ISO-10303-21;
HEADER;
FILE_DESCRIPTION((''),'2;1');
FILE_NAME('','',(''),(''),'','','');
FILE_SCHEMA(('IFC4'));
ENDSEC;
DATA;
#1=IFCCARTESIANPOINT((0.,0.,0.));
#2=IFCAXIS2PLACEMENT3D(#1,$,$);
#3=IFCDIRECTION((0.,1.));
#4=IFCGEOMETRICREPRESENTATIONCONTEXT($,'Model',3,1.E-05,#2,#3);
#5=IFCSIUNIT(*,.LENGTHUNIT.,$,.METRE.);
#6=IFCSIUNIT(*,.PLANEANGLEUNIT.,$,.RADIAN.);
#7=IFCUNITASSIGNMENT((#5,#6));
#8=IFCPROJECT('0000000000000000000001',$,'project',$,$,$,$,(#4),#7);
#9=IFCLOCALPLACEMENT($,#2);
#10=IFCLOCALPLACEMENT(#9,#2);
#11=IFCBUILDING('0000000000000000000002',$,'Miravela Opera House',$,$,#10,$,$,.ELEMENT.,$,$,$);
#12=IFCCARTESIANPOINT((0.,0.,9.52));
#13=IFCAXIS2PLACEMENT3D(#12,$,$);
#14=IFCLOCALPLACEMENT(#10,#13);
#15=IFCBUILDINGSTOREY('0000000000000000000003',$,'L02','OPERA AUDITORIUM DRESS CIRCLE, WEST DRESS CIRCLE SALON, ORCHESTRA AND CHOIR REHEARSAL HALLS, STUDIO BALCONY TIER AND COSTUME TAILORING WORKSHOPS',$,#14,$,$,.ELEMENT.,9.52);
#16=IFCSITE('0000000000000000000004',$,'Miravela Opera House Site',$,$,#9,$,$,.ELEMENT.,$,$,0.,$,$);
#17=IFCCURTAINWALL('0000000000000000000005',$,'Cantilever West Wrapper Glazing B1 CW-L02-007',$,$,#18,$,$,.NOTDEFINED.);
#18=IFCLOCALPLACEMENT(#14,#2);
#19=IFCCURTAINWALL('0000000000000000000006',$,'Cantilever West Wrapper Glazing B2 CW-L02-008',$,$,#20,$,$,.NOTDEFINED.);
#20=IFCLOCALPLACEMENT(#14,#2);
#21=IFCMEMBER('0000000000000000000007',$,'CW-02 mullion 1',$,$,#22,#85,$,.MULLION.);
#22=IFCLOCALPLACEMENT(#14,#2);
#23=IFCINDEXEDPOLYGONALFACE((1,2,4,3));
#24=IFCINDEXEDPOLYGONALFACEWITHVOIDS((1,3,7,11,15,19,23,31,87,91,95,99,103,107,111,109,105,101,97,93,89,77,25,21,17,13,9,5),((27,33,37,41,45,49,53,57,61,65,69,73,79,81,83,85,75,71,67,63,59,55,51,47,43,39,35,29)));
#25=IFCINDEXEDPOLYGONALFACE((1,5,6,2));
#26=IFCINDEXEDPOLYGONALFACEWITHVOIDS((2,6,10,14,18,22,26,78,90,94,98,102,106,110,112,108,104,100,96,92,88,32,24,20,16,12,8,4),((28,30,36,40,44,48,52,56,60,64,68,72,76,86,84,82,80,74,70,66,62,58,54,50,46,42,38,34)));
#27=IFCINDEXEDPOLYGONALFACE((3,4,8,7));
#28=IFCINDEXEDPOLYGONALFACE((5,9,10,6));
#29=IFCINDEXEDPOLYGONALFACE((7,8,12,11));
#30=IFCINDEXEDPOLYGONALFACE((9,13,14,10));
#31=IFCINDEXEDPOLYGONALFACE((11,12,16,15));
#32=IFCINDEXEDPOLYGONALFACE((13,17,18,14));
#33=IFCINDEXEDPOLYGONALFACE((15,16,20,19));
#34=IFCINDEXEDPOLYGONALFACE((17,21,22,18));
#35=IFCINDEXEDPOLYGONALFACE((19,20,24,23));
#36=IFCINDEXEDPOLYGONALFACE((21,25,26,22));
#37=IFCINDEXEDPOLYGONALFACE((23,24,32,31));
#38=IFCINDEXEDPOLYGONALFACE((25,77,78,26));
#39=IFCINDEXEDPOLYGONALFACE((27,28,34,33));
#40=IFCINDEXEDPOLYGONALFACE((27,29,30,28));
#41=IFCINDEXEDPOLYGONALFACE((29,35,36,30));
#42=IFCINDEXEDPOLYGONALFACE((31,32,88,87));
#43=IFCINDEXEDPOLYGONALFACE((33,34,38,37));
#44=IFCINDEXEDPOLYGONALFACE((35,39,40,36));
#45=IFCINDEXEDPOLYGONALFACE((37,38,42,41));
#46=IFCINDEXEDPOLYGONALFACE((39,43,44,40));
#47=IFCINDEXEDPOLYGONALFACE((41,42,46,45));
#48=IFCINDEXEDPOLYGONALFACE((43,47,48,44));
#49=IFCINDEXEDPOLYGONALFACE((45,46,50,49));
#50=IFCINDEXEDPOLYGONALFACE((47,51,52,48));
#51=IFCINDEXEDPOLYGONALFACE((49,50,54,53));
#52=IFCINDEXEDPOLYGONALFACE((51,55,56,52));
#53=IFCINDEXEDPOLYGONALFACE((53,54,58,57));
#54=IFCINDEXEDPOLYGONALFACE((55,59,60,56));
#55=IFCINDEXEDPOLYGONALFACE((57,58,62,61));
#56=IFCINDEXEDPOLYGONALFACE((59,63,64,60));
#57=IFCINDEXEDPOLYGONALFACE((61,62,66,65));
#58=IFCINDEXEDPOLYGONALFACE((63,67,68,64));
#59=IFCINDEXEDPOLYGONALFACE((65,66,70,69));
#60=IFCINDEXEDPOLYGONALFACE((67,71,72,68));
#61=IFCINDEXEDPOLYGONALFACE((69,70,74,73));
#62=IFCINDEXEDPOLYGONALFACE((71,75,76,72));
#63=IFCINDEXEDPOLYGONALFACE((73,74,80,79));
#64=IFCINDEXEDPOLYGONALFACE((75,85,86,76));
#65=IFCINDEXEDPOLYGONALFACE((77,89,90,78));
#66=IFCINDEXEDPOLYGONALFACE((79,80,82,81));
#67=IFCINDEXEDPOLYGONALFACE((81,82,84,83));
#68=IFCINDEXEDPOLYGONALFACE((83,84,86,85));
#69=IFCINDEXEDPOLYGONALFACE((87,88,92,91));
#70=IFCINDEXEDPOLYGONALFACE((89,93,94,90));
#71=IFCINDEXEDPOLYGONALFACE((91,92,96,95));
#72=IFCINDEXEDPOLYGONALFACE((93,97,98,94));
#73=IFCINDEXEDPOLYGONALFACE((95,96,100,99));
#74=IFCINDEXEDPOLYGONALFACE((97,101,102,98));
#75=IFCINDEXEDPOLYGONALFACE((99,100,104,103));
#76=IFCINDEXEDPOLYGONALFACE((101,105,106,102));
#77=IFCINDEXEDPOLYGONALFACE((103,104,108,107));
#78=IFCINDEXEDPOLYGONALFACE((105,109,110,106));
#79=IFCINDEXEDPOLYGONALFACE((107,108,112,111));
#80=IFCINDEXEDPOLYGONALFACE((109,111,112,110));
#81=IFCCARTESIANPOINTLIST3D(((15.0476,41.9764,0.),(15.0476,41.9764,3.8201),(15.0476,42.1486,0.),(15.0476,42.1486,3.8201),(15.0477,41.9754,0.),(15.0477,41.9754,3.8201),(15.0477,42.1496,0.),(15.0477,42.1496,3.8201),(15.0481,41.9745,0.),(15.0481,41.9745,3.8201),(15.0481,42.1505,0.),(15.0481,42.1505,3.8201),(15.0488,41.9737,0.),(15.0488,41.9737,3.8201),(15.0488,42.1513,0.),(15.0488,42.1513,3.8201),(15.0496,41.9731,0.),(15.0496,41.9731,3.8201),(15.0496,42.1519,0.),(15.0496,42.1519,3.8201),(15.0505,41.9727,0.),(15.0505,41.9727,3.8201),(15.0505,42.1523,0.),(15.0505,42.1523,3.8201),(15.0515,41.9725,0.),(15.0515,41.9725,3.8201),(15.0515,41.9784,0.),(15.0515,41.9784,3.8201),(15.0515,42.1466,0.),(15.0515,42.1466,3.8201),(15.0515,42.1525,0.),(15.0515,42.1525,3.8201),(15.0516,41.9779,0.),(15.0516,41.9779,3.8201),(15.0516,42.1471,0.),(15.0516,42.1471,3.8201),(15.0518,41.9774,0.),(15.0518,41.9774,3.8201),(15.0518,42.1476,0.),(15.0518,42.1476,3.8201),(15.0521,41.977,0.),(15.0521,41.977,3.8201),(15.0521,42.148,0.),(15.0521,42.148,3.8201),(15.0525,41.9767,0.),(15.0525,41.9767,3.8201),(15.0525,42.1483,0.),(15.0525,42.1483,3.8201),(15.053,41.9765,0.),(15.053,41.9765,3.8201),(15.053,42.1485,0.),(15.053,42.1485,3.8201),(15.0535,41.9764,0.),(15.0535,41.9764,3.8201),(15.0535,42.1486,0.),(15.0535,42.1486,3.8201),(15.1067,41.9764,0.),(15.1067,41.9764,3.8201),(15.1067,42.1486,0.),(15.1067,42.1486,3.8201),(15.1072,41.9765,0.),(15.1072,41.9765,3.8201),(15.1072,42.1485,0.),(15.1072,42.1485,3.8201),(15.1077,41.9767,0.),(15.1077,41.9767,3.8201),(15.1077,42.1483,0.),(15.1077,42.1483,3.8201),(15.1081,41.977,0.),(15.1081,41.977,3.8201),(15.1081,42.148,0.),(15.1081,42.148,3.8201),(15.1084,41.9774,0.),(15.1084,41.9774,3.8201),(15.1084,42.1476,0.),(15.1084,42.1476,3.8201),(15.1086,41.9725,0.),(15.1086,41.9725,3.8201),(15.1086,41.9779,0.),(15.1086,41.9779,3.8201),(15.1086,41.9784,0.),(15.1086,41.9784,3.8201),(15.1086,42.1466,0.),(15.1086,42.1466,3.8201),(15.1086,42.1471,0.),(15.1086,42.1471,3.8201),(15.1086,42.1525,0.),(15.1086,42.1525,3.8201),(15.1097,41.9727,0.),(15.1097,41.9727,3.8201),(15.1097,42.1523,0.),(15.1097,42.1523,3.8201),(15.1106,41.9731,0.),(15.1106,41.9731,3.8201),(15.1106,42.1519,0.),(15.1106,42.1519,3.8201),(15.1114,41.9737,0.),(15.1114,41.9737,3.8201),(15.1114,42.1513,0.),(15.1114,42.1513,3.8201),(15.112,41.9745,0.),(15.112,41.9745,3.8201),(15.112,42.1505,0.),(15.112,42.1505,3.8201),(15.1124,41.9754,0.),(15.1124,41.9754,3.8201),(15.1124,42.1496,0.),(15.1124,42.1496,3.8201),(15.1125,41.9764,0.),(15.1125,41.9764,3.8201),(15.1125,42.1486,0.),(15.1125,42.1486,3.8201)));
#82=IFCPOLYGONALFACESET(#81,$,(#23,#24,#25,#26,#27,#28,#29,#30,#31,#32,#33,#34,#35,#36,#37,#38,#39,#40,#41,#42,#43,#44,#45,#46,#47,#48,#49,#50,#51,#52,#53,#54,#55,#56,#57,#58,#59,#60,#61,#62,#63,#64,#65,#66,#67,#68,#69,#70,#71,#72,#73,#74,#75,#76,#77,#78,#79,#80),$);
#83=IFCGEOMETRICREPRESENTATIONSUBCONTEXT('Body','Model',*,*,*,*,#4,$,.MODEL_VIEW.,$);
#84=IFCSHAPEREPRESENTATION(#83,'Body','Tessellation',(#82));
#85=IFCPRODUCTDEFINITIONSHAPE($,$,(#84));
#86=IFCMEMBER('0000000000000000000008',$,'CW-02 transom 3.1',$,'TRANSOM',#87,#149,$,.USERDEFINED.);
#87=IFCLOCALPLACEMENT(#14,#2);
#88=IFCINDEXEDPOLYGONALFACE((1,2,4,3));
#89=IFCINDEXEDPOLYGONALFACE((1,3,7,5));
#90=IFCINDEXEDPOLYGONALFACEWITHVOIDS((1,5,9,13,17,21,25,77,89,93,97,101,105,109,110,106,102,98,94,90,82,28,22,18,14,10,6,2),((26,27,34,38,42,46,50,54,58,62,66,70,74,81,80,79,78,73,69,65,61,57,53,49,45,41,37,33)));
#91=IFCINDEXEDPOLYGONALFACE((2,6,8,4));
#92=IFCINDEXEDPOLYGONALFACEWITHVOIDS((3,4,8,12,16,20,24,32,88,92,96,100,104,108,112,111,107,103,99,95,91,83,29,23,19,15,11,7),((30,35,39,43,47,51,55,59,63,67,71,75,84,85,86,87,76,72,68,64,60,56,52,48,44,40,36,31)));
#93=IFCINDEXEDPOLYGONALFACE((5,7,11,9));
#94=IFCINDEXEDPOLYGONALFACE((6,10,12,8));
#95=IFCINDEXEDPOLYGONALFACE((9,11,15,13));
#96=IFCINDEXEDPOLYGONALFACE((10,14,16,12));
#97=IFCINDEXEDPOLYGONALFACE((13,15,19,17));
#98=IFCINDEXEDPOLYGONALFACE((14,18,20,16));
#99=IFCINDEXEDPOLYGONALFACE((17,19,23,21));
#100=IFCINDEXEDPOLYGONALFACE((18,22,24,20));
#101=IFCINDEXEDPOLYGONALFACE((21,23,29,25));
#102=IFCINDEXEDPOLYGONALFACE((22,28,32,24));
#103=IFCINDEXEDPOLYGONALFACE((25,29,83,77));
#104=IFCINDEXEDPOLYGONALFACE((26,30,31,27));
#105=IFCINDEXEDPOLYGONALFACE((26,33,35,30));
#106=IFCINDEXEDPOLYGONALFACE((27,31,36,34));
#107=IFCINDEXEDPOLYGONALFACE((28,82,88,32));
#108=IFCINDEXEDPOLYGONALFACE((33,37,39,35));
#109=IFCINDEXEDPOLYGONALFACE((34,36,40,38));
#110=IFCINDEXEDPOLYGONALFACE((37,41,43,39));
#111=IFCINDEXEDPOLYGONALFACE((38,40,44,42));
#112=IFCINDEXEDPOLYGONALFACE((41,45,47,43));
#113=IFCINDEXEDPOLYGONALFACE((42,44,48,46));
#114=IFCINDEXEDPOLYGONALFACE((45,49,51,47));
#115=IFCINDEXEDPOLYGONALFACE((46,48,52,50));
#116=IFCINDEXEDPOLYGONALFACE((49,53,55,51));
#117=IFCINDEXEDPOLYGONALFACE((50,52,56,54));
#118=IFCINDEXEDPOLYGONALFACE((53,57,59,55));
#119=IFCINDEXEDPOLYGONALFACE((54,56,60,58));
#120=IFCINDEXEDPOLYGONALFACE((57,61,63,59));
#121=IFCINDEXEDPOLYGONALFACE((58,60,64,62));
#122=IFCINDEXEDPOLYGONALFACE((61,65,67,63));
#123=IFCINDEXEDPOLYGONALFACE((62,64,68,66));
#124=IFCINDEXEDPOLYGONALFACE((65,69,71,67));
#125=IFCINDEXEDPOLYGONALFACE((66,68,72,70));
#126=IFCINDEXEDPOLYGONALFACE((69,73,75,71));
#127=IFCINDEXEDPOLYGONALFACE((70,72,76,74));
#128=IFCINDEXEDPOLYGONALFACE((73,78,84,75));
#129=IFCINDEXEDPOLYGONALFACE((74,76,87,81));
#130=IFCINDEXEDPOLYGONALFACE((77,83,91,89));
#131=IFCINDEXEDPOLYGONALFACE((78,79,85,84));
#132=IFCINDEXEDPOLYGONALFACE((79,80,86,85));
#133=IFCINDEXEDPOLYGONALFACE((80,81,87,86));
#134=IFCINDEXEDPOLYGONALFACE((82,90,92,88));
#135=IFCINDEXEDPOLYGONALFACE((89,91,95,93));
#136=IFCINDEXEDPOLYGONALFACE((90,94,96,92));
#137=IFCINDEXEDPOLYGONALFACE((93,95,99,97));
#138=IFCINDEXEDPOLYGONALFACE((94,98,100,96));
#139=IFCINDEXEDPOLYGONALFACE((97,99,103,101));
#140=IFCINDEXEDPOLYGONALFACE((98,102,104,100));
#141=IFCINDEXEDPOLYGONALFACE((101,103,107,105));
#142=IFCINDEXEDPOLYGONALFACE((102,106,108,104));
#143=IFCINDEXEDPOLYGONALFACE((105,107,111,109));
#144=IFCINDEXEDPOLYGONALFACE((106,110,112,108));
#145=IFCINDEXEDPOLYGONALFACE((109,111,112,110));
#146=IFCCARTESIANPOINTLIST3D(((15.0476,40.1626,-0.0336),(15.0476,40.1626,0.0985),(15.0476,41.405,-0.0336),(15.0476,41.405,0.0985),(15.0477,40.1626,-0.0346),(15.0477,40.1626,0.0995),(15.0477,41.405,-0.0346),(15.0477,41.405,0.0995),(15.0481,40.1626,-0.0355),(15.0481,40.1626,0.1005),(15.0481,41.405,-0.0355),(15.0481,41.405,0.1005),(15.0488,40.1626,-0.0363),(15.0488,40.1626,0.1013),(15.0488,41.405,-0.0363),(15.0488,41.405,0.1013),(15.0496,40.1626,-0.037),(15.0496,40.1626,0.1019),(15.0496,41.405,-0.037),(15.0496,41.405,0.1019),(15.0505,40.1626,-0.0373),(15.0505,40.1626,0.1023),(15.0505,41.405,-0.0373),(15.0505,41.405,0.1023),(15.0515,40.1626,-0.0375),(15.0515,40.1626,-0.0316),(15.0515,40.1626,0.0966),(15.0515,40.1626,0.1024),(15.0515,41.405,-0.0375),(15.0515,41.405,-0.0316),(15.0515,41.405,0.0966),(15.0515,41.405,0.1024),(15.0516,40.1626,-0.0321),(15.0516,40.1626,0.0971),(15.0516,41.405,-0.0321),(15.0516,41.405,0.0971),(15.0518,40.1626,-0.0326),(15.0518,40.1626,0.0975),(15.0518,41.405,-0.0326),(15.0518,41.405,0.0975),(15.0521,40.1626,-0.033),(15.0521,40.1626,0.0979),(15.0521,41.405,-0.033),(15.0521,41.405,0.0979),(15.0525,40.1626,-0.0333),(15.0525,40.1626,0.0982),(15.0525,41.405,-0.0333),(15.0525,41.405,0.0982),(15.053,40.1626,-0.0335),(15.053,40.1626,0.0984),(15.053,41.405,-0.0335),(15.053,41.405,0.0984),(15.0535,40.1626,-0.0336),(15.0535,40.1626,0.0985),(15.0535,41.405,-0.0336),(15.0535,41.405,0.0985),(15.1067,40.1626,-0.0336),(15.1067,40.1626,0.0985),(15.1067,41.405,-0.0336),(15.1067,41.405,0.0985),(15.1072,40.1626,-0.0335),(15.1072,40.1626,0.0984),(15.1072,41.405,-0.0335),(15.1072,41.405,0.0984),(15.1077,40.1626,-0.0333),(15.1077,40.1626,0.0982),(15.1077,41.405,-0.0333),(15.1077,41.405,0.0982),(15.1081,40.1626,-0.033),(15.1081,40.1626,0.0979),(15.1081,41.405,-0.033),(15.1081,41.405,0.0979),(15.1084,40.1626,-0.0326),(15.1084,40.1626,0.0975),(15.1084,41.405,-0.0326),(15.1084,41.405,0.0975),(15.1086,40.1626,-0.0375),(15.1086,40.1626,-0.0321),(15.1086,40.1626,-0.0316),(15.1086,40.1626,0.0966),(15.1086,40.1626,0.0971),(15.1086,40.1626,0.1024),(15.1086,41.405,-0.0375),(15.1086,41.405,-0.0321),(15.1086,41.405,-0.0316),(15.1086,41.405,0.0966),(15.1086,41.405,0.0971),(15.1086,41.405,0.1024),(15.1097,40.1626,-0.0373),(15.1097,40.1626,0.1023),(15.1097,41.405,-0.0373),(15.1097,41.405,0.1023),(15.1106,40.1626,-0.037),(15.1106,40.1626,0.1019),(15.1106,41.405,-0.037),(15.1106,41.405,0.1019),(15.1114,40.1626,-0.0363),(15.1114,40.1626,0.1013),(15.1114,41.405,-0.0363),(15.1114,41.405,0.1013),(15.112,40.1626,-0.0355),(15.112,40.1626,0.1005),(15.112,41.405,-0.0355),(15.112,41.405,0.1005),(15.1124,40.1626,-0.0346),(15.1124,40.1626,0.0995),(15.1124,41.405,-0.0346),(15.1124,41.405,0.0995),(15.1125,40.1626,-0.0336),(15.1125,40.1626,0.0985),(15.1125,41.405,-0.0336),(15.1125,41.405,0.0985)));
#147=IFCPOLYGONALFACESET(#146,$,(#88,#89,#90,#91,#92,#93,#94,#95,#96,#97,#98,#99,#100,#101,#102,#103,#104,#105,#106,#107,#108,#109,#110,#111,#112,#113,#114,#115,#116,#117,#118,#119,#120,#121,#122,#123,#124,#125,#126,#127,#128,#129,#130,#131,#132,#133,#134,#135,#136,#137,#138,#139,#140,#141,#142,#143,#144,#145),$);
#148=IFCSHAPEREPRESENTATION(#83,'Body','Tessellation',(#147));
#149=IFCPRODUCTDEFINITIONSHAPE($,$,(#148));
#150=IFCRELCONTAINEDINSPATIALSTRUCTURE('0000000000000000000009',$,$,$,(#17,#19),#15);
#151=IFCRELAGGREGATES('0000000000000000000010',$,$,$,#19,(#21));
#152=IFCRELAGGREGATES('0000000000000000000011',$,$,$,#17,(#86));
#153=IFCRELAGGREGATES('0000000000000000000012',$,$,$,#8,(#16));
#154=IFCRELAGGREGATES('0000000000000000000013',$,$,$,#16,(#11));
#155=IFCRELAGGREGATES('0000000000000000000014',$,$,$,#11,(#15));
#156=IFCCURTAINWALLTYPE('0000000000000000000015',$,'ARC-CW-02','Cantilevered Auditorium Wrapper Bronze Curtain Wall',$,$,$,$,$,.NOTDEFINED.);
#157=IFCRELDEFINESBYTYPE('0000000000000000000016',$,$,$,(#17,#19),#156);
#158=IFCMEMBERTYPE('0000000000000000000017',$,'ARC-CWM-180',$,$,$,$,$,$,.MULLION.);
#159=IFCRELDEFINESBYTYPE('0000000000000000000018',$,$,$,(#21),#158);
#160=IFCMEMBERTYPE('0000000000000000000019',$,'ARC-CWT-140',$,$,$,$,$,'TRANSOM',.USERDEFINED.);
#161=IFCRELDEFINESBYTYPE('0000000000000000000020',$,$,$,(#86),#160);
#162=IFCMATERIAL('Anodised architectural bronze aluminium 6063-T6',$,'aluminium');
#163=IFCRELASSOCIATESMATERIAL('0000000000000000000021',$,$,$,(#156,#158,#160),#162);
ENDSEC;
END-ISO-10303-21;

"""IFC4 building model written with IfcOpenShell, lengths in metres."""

from ifc_helpers import new_model, si_unit, direction, frame, origin, origin_2d, place, context, subcontext, project, spatial, hollow_rectangle, extrude, material, material_profile, profile_set, type_object, element, aggregate, save


model = new_model("IFC4")

# Units and contexts
model_context = context("Model", 3, precision=1e-05, world=origin(), true_north=direction((0.0, 1.0)))
body_context = subcontext(model_context, "Body", "Model", "MODEL_VIEW")
ifc_project = project(units=[si_unit("LENGTHUNIT", "METRE"), si_unit("PLANEANGLEUNIT", "RADIAN")], contexts=[model_context])

# Site, building, storey
site_placement = place(None, origin())
site = spatial("IfcSite", under=ifc_project, at=site_placement, Name="Miravela Opera House Site", CompositionType="ELEMENT", RefElevation=0.0)
building_placement = place(site_placement, origin())
building = spatial("IfcBuilding", under=site, at=building_placement, Name="Miravela Opera House", CompositionType="ELEMENT")
storey_placement = place(building_placement, frame((0.0, 0.0, 9.52)))
storey = spatial("IfcBuildingStorey", under=building, at=storey_placement, Name="L02", Description="OPERA AUDITORIUM DRESS CIRCLE, WEST DRESS CIRCLE SALON, ORCHESTRA AND CHOIR REHEARSAL HALLS, STUDIO BALCONY TIER AND COSTUME TAILORING WORKSHOPS", CompositionType="ELEMENT", Elevation=9.52)

# Curtain wall
ifc_material_1 = material(Name="Anodised architectural bronze aluminium 6063-T6", Category="aluminium")
curtain_wall_type = type_object("IfcCurtainWallType", Name="ARC-CW-02", Description="Cantilevered Auditorium Wrapper Bronze Curtain Wall", PredefinedType="NOTDEFINED", material=ifc_material_1)
curtain_wall_1_placement = place(storey_placement, origin())
curtain_wall_1 = element("IfcCurtainWall", 1, at=curtain_wall_1_placement, inside=storey, type_object=curtain_wall_type, Name="Cantilever West Wrapper Glazing B1 CW-L02-007", PredefinedType="NOTDEFINED")
ifc_material_profile_1 = material_profile(ifc_material_1, hollow_rectangle(XDim=0.0649, YDim=0.1799, WallThickness=0.0039, InnerFilletRadius=0.002, OuterFilletRadius=0.0039, at=origin_2d()), Name="CWM-65X180")
ifc_profile_set_1 = profile_set([ifc_material_profile_1])
member_type_1 = type_object("IfcMemberType", Name="ARC-CWM-180", PredefinedType="MULLION", material=ifc_profile_set_1)

# Curtain wall, member
curtain_wall_2_placement = place(storey_placement, origin())
curtain_wall_2 = element("IfcCurtainWall", 2, at=curtain_wall_2_placement, inside=storey, type_object=curtain_wall_type, Name="Cantilever West Wrapper Glazing B2 CW-L02-008", PredefinedType="NOTDEFINED")
member_1_placement = place(storey_placement, frame((15.0801, 42.0625, 0.0), z_axis=(0.0, 0.0, 1.0), x_axis=(-1.0, 0.0, 0.0)))
member_1 = element("IfcMember", 3, at=member_1_placement, type_object=member_type_1, Name="CW-02 mullion 1", PredefinedType="MULLION", context=body_context, shape_type="SweptSolid", body=[
    extrude(hollow_rectangle(XDim=0.0649, YDim=0.1799, WallThickness=0.0039, InnerFilletRadius=0.002, OuterFilletRadius=0.0039, at=origin_2d()), origin(), (0.0, 0.0, 1.0), 3.8201),
])

# Member
ifc_material_profile_2 = material_profile(ifc_material_1, hollow_rectangle(XDim=0.0649, YDim=0.1399, WallThickness=0.0039, InnerFilletRadius=0.002, OuterFilletRadius=0.0039, at=origin_2d()), Name="CWT-65X140")
ifc_profile_set_2 = profile_set([ifc_material_profile_2])
member_type_2 = type_object("IfcMemberType", Name="ARC-CWT-140", ElementType="TRANSOM", PredefinedType="USERDEFINED", material=ifc_profile_set_2)
member_2_placement = place(storey_placement, frame((15.0801, 40.1626, 0.0325), z_axis=(0.0, 1.0, 0.0), x_axis=(-1.0, 0.0, 0.0)))
member_2 = element("IfcMember", 4, at=member_2_placement, type_object=member_type_2, Name="CW-02 transom 3.1", ObjectType="TRANSOM", PredefinedType="USERDEFINED", context=body_context, shape_type="SweptSolid", body=[
    extrude(hollow_rectangle(XDim=0.0649, YDim=0.1399, WallThickness=0.0039, InnerFilletRadius=0.002, OuterFilletRadius=0.0039, at=origin_2d()), origin(), (0.0, 0.0, 1.0), 1.2424),
])
aggregate(curtain_wall_2, [member_1])

aggregate(curtain_wall_1, [member_2])

save(model, "model.ifc")
